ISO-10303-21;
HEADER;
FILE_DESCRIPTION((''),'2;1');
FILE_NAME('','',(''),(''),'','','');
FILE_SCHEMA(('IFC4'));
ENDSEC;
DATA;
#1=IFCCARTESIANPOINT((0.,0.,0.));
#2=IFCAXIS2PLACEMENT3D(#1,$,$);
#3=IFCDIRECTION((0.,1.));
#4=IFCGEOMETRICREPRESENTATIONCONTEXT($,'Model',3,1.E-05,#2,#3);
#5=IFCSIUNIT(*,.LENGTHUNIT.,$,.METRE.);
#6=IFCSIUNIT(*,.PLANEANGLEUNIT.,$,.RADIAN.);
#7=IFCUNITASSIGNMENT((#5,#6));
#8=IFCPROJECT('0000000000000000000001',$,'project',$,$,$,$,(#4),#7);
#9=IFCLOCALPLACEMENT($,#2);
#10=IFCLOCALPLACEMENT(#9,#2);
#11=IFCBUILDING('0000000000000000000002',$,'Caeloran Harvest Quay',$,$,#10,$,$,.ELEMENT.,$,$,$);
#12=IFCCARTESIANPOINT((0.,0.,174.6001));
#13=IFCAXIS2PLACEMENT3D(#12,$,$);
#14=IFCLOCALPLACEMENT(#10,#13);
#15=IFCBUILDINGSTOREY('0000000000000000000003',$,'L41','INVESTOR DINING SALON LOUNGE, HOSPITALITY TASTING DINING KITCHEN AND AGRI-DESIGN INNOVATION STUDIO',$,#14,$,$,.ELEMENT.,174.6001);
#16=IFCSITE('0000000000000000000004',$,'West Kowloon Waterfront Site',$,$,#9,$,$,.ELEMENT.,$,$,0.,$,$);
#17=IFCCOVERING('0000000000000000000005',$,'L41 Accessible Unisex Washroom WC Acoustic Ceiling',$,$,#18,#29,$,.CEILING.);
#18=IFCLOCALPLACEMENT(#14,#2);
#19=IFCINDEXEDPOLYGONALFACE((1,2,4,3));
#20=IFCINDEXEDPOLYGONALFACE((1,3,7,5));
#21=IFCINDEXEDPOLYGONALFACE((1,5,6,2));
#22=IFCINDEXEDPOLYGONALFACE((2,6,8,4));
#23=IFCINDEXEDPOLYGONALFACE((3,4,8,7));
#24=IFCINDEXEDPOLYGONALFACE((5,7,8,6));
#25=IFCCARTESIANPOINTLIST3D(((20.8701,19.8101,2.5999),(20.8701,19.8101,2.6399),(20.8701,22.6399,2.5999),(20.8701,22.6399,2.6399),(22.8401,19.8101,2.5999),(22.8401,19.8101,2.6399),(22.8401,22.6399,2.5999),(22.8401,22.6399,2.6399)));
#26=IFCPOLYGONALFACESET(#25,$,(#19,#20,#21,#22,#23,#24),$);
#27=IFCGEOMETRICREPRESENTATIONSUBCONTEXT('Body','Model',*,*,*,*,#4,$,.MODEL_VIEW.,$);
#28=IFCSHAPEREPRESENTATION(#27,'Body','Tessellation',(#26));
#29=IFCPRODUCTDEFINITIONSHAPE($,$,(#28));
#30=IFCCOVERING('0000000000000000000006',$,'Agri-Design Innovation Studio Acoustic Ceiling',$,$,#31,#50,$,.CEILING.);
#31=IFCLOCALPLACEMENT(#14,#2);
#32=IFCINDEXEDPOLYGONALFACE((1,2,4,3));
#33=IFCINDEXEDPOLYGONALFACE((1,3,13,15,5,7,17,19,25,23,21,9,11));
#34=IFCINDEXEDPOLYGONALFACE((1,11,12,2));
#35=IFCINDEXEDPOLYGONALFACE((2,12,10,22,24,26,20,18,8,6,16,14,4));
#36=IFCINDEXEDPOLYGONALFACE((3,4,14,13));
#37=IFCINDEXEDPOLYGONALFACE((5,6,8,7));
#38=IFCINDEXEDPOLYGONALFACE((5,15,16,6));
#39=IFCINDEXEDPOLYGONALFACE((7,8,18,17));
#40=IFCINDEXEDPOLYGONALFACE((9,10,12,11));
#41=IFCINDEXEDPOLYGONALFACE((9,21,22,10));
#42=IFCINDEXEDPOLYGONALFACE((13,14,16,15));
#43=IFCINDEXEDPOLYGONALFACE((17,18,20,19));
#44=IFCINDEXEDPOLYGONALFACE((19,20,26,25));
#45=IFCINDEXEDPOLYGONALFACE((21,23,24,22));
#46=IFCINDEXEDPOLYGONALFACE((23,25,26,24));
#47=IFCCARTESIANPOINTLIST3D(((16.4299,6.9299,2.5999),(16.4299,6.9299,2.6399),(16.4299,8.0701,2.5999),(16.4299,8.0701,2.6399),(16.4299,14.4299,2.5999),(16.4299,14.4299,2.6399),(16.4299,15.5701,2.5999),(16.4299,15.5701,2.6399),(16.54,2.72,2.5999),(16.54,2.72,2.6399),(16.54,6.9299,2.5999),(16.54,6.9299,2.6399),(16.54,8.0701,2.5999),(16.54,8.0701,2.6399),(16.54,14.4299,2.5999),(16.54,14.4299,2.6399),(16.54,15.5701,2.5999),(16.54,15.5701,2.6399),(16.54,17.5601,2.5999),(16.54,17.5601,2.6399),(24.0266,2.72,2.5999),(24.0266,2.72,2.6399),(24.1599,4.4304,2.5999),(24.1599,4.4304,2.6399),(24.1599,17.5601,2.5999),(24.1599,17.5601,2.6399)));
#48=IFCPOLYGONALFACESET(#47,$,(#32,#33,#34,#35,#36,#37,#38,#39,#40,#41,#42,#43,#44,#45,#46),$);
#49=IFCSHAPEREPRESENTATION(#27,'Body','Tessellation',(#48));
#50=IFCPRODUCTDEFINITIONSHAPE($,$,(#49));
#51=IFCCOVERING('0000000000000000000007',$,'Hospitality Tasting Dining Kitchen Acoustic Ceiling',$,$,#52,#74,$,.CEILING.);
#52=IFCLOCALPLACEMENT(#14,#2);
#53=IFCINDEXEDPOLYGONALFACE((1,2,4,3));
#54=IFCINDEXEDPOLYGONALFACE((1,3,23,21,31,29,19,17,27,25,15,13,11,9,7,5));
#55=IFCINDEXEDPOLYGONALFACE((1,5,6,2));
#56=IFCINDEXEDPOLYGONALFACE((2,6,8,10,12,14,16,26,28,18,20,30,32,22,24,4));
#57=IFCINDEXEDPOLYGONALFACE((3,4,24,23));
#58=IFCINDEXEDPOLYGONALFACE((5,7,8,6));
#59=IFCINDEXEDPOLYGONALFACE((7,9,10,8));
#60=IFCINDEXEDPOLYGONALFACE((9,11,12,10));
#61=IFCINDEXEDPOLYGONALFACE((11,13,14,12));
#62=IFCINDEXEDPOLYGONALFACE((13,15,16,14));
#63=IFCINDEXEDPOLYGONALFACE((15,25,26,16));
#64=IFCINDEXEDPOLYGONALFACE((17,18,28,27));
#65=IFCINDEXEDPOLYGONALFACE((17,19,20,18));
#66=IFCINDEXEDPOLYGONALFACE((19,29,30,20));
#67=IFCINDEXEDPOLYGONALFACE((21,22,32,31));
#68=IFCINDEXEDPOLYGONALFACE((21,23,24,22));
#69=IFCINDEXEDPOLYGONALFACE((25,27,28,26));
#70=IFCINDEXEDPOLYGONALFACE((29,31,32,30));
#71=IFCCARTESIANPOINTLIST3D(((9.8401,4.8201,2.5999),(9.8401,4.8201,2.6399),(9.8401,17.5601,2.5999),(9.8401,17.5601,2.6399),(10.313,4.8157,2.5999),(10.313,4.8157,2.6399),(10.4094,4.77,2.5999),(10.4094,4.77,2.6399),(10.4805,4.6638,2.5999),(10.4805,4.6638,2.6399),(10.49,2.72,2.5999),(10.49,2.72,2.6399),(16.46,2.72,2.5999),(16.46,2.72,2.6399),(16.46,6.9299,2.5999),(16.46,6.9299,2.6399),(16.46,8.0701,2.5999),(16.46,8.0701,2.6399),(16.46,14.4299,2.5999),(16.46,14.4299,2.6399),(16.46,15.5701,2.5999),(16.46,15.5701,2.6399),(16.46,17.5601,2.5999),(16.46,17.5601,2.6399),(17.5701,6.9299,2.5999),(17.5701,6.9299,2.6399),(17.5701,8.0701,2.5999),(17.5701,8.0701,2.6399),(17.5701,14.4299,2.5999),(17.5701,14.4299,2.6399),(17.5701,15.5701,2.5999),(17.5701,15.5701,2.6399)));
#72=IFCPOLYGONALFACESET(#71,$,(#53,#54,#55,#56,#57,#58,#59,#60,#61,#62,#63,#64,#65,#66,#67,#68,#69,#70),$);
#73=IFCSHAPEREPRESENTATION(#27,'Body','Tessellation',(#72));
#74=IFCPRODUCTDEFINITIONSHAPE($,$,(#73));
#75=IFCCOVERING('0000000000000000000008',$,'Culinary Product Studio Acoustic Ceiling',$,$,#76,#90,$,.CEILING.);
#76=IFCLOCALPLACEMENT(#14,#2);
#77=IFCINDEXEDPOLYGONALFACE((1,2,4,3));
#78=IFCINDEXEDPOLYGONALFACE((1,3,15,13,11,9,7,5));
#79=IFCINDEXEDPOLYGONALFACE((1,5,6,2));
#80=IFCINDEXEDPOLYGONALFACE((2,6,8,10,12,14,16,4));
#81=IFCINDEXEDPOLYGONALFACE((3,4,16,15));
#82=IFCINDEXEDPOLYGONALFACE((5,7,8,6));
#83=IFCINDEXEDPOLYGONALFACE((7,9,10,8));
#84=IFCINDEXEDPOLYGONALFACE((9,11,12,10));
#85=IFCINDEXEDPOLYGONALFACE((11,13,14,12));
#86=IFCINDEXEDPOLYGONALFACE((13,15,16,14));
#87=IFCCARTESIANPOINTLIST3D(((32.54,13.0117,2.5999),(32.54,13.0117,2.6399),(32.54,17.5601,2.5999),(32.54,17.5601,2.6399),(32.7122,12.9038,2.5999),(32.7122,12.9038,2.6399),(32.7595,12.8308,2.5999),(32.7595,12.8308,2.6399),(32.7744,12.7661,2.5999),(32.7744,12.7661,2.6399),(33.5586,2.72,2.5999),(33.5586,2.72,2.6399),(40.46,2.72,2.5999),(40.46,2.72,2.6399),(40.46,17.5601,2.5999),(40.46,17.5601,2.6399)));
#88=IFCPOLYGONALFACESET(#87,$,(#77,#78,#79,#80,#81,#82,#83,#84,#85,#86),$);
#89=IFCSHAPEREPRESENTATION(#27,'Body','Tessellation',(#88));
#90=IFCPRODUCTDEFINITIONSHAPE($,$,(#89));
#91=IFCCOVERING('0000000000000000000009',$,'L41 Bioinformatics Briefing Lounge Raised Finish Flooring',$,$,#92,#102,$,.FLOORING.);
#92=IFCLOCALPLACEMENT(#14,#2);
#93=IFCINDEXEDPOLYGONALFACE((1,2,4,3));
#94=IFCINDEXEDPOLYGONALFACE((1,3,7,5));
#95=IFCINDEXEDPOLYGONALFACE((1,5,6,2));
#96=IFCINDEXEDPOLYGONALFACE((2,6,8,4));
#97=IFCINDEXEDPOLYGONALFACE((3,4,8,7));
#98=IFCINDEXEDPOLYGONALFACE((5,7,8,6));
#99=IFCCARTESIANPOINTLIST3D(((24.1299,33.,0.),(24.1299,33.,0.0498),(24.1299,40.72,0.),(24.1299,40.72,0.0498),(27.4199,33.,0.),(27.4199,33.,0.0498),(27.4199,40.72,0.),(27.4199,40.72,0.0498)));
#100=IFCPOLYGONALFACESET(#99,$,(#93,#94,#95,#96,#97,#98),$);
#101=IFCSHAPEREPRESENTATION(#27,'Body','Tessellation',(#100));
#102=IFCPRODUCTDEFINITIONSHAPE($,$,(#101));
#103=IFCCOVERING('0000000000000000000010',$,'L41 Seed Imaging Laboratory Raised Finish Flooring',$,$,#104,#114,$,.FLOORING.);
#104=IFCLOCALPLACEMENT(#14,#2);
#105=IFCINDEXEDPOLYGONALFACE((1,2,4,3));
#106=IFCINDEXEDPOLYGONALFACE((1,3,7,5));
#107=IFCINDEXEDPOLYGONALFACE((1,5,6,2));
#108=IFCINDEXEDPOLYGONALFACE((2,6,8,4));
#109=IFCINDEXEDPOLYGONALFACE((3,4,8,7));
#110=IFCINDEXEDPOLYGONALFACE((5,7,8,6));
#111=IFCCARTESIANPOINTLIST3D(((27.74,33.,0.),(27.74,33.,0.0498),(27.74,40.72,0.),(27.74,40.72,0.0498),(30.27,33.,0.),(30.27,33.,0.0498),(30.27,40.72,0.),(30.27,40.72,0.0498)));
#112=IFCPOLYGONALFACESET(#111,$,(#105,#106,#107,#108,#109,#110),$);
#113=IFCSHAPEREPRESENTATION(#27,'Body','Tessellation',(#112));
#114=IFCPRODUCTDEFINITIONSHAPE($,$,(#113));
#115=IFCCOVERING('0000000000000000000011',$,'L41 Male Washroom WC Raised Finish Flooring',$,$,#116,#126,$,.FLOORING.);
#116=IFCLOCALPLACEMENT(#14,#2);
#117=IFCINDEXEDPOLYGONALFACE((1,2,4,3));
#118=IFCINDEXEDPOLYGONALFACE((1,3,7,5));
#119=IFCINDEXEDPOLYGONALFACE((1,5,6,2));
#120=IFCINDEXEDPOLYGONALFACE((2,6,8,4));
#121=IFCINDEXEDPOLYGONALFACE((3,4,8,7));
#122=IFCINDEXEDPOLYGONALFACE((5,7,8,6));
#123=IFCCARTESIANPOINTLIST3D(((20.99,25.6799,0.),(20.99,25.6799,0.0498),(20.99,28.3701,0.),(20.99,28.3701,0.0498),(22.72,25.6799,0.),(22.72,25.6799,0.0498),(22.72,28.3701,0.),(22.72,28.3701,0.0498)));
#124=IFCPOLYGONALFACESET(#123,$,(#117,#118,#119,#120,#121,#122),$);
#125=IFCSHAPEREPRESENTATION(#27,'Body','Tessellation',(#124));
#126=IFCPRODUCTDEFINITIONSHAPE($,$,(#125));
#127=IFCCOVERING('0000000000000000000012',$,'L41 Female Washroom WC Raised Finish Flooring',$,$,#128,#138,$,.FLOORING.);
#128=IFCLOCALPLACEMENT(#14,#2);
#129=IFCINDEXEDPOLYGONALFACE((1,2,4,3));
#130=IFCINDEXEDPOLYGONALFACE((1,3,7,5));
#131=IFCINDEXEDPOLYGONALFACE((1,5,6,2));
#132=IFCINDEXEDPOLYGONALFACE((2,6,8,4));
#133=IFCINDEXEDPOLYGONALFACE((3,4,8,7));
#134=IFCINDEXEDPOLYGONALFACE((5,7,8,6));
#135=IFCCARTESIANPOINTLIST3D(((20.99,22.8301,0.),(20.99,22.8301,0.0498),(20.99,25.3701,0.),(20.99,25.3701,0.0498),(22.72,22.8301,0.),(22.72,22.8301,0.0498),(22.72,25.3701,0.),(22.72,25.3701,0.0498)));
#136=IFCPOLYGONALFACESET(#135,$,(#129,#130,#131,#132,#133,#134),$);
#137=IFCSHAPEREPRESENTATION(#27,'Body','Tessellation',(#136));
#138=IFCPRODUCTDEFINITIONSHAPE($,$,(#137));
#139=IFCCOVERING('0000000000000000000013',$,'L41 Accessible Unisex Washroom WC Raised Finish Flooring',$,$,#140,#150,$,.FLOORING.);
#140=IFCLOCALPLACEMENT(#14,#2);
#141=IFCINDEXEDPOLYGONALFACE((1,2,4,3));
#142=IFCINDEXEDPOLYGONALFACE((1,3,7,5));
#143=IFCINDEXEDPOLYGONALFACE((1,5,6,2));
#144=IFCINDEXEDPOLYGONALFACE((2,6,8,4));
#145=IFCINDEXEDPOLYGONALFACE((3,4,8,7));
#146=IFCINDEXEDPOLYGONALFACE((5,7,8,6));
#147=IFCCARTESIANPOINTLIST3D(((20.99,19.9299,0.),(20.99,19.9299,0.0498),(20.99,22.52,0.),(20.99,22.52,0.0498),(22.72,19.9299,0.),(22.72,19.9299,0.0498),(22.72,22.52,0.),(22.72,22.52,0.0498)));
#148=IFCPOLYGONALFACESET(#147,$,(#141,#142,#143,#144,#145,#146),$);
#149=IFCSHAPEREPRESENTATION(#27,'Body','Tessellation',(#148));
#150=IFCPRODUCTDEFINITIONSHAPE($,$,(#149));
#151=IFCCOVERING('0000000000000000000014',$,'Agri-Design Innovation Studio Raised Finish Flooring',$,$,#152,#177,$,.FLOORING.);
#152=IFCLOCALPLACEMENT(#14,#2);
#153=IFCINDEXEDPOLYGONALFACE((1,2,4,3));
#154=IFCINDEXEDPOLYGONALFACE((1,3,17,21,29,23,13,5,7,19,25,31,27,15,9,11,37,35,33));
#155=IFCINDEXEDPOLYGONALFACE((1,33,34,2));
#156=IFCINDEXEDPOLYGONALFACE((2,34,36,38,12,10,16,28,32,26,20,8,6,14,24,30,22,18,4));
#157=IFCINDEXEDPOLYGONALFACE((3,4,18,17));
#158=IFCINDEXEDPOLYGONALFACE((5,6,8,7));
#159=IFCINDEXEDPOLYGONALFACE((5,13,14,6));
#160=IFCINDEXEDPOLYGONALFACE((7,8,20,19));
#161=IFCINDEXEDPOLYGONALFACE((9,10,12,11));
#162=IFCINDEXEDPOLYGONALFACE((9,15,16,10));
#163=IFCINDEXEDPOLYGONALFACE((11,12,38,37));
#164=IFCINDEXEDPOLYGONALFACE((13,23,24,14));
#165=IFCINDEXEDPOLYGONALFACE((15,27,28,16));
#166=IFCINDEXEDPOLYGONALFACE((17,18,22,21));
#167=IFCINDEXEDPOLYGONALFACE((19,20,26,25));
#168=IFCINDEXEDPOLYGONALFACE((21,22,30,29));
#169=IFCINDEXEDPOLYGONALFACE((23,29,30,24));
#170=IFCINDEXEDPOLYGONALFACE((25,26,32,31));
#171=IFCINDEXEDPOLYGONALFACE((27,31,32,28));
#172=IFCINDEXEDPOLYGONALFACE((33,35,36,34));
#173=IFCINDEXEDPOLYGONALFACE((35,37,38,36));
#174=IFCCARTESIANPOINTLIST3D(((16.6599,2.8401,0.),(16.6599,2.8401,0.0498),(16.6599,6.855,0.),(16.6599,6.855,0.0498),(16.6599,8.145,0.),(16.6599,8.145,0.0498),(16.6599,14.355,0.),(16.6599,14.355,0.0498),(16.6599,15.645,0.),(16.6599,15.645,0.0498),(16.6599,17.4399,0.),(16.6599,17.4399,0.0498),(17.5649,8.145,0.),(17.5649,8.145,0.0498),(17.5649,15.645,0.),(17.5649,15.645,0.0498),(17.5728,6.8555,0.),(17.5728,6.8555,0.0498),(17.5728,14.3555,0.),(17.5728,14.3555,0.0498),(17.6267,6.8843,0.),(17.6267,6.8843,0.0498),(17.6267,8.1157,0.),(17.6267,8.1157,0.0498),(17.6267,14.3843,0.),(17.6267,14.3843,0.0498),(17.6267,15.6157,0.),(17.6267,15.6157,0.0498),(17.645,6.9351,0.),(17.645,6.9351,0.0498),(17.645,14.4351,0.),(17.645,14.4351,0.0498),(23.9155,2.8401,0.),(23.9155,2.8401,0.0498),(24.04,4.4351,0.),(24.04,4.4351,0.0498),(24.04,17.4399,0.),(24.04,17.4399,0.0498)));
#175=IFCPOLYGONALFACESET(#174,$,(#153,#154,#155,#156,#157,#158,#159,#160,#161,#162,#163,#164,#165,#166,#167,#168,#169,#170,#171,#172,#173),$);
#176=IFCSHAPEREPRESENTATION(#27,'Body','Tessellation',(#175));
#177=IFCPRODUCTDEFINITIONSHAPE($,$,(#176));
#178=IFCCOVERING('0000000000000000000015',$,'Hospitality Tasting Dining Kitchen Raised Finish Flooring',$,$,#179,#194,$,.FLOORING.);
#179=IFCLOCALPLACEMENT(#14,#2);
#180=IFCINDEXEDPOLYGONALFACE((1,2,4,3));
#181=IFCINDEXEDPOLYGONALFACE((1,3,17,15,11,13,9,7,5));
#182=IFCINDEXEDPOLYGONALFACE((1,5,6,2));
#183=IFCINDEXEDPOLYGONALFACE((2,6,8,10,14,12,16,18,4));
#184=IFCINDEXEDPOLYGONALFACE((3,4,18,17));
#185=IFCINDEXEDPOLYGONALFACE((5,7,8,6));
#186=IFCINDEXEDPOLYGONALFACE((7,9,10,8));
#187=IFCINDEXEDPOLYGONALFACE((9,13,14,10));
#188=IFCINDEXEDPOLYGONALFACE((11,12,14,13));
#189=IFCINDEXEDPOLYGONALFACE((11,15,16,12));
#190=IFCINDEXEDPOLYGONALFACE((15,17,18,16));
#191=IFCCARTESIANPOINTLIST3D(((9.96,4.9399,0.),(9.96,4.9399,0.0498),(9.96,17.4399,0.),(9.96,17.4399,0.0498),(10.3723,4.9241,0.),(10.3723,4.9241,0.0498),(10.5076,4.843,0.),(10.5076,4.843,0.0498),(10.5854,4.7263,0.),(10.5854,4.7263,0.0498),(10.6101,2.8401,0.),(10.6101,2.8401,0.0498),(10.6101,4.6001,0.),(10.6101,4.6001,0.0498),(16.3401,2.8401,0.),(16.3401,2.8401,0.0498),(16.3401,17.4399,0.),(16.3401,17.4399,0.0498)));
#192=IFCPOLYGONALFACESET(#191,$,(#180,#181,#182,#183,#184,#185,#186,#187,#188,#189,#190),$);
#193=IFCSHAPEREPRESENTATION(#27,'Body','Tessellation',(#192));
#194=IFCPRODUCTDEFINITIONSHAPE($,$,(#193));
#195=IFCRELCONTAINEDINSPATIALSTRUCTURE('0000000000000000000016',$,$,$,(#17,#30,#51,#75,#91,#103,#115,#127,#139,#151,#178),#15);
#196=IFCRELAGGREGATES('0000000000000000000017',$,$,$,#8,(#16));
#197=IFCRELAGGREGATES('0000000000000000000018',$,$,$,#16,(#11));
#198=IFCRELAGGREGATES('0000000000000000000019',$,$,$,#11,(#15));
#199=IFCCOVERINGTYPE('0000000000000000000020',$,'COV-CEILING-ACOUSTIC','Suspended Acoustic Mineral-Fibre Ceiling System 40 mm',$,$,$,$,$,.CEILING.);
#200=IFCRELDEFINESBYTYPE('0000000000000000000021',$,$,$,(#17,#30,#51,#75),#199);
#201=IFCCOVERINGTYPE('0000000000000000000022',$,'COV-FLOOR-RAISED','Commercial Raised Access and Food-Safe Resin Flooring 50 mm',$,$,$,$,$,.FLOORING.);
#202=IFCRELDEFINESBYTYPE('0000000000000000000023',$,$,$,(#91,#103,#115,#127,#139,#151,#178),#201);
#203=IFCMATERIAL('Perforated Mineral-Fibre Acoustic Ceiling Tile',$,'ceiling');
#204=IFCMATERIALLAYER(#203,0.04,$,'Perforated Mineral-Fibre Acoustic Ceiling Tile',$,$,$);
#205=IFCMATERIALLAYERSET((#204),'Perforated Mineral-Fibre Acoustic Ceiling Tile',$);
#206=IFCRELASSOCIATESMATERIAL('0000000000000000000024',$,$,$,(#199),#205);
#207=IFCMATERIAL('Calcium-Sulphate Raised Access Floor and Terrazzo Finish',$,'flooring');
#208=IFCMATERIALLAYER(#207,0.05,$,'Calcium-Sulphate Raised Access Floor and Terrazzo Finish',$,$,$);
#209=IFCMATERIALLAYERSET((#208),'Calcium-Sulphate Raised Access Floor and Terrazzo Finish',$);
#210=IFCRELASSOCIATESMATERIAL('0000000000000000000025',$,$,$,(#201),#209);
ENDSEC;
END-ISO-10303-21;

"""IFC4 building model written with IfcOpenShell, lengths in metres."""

from ifc_helpers import new_model, si_unit, direction, frame, origin, place, context, subcontext, project, spatial, polyline, outline, extrude, material, layer, layer_set, type_object, element, save


model = new_model("IFC4")

# Units and contexts
model_context = context("Model", 3, precision=1e-05, world=origin(), true_north=direction((0.0, 1.0)))
body_context = subcontext(model_context, "Body", "Model", "MODEL_VIEW")
ifc_project = project(units=[si_unit("LENGTHUNIT", "METRE"), si_unit("PLANEANGLEUNIT", "RADIAN")], contexts=[model_context])

# Site, building, storey
site_placement = place(None, origin())
site = spatial("IfcSite", under=ifc_project, at=site_placement, Name="West Kowloon Waterfront Site", CompositionType="ELEMENT", RefElevation=0.0)
building_placement = place(site_placement, origin())
building = spatial("IfcBuilding", under=site, at=building_placement, Name="Caeloran Harvest Quay", CompositionType="ELEMENT")
storey_placement = place(building_placement, frame((0.0, 0.0, 174.6001)))
storey = spatial("IfcBuildingStorey", under=building, at=storey_placement, Name="L41", Description="INVESTOR DINING SALON LOUNGE, HOSPITALITY TASTING DINING KITCHEN AND AGRI-DESIGN INNOVATION STUDIO", CompositionType="ELEMENT", Elevation=174.6001)

# Coverings
ifc_material_1 = material(Name="Perforated Mineral-Fibre Acoustic Ceiling Tile", Category="ceiling")
ifc_layer_1 = layer(ifc_material_1, 0.04, Name="Perforated Mineral-Fibre Acoustic Ceiling Tile")
ifc_layer_set_1 = layer_set([ifc_layer_1], Name="Perforated Mineral-Fibre Acoustic Ceiling Tile")
covering_type_1 = type_object("IfcCoveringType", Name="COV-CEILING-ACOUSTIC", Description="Suspended Acoustic Mineral-Fibre Ceiling System 40 mm", PredefinedType="CEILING", material=ifc_layer_set_1)
covering_1_placement = place(storey_placement, frame((0.0, 0.0, 2.5999)))
element("IfcCovering", 1, at=covering_1_placement, inside=storey, type_object=covering_type_1, Name="L41 Accessible Unisex Washroom WC Acoustic Ceiling", PredefinedType="CEILING", context=body_context, shape_type="SweptSolid", body=[
    extrude(outline(polyline([(22.8401, 19.8101), (20.8701, 19.8101), (20.8701, 22.6399), (22.8401, 22.6399), (22.8401, 19.8101)])), origin(), (0.0, 0.0, 1.0), 0.04),
])
covering_2_placement = place(storey_placement, frame((0.0, 0.0, 2.5999)))
element("IfcCovering", 2, at=covering_2_placement, inside=storey, type_object=covering_type_1, Name="Agri-Design Innovation Studio Acoustic Ceiling", PredefinedType="CEILING", context=body_context, shape_type="SweptSolid", body=[
    extrude(outline(polyline([(16.4299, 6.9299), (16.4299, 8.0701), (16.54, 8.0701), (16.54, 14.4299), (16.4299, 14.4299), (16.4299, 15.5701), (16.54, 15.5701), (16.54, 17.5601), (24.1599, 17.5601), (24.1599, 4.4304), (24.0266, 2.72), (16.54, 2.72), (16.54, 6.9299), (16.4299, 6.9299)])), origin(), (0.0, 0.0, 1.0), 0.04),
])
covering_3_placement = place(storey_placement, frame((0.0, 0.0, 2.5999)))
element("IfcCovering", 3, at=covering_3_placement, inside=storey, type_object=covering_type_1, Name="Hospitality Tasting Dining Kitchen Acoustic Ceiling", PredefinedType="CEILING", context=body_context, shape_type="SweptSolid", body=[
    extrude(outline(polyline([(17.5701, 8.0701), (17.5701, 6.9299), (16.46, 6.9299), (16.46, 2.72), (10.49, 2.72), (10.4805, 4.6638), (10.4094, 4.77), (10.313, 4.8157), (9.8401, 4.8201), (9.8401, 17.5601), (16.46, 17.5601), (16.46, 15.5701), (17.5701, 15.5701), (17.5701, 14.4299), (16.46, 14.4299), (16.46, 8.0701), (17.5701, 8.0701)])), origin(), (0.0, 0.0, 1.0), 0.04),
])
covering_4_placement = place(storey_placement, frame((0.0, 0.0, 2.5999)))
element("IfcCovering", 4, at=covering_4_placement, inside=storey, type_object=covering_type_1, Name="Culinary Product Studio Acoustic Ceiling", PredefinedType="CEILING", context=body_context, shape_type="SweptSolid", body=[
    extrude(outline(polyline([(40.46, 2.72), (33.5586, 2.72), (32.7744, 12.7661), (32.7595, 12.8308), (32.7122, 12.9038), (32.54, 13.0117), (32.54, 17.5601), (40.46, 17.5601), (40.46, 2.72)])), origin(), (0.0, 0.0, 1.0), 0.04),
])
ifc_material_2 = material(Name="Calcium-Sulphate Raised Access Floor and Terrazzo Finish", Category="flooring")
ifc_layer_2 = layer(ifc_material_2, 0.05, Name="Calcium-Sulphate Raised Access Floor and Terrazzo Finish")
ifc_layer_set_2 = layer_set([ifc_layer_2], Name="Calcium-Sulphate Raised Access Floor and Terrazzo Finish")
covering_type_2 = type_object("IfcCoveringType", Name="COV-FLOOR-RAISED", Description="Commercial Raised Access and Food-Safe Resin Flooring 50 mm", PredefinedType="FLOORING", material=ifc_layer_set_2)
covering_5_placement = place(storey_placement, origin())
element("IfcCovering", 5, at=covering_5_placement, inside=storey, type_object=covering_type_2, Name="L41 Bioinformatics Briefing Lounge Raised Finish Flooring", PredefinedType="FLOORING", context=body_context, shape_type="SweptSolid", body=[
    extrude(outline(polyline([(27.4199, 40.72), (27.4199, 33.0), (24.1299, 33.0), (24.1299, 40.72), (27.4199, 40.72)])), origin(), (0.0, 0.0, 1.0), 0.0498),
])
covering_6_placement = place(storey_placement, origin())
element("IfcCovering", 6, at=covering_6_placement, inside=storey, type_object=covering_type_2, Name="L41 Seed Imaging Laboratory Raised Finish Flooring", PredefinedType="FLOORING", context=body_context, shape_type="SweptSolid", body=[
    extrude(outline(polyline([(30.27, 40.72), (30.27, 33.0), (27.74, 33.0), (27.74, 40.72), (30.27, 40.72)])), origin(), (0.0, 0.0, 1.0), 0.0498),
])
covering_7_placement = place(storey_placement, origin())
element("IfcCovering", 7, at=covering_7_placement, inside=storey, type_object=covering_type_2, Name="L41 Male Washroom WC Raised Finish Flooring", PredefinedType="FLOORING", context=body_context, shape_type="SweptSolid", body=[
    extrude(outline(polyline([(22.72, 25.6799), (20.99, 25.6799), (20.99, 28.3701), (22.72, 28.3701), (22.72, 25.6799)])), origin(), (0.0, 0.0, 1.0), 0.0498),
])
covering_8_placement = place(storey_placement, origin())
element("IfcCovering", 8, at=covering_8_placement, inside=storey, type_object=covering_type_2, Name="L41 Female Washroom WC Raised Finish Flooring", PredefinedType="FLOORING", context=body_context, shape_type="SweptSolid", body=[
    extrude(outline(polyline([(22.72, 22.8301), (20.99, 22.8301), (20.99, 25.3701), (22.72, 25.3701), (22.72, 22.8301)])), origin(), (0.0, 0.0, 1.0), 0.0498),
])
covering_9_placement = place(storey_placement, origin())
element("IfcCovering", 9, at=covering_9_placement, inside=storey, type_object=covering_type_2, Name="L41 Accessible Unisex Washroom WC Raised Finish Flooring", PredefinedType="FLOORING", context=body_context, shape_type="SweptSolid", body=[
    extrude(outline(polyline([(22.72, 19.9299), (20.99, 19.9299), (20.99, 22.52), (22.72, 22.52), (22.72, 19.9299)])), origin(), (0.0, 0.0, 1.0), 0.0498),
])
covering_10_placement = place(storey_placement, origin())
element("IfcCovering", 10, at=covering_10_placement, inside=storey, type_object=covering_type_2, Name="Agri-Design Innovation Studio Raised Finish Flooring", PredefinedType="FLOORING", context=body_context, shape_type="SweptSolid", body=[
    extrude(outline(polyline([(16.6599, 2.8401), (16.6599, 6.855), (17.5728, 6.8555), (17.6267, 6.8843), (17.645, 6.9351), (17.6267, 8.1157), (17.5649, 8.145), (16.6599, 8.145), (16.6599, 14.355), (17.5728, 14.3555), (17.6267, 14.3843), (17.645, 14.4351), (17.6267, 15.6157), (17.5649, 15.645), (16.6599, 15.645), (16.6599, 17.4399), (24.04, 17.4399), (24.04, 4.4351), (23.9155, 2.8401), (16.6599, 2.8401)])), origin(), (0.0, 0.0, 1.0), 0.0498),
])
covering_11_placement = place(storey_placement, origin())
element("IfcCovering", 11, at=covering_11_placement, inside=storey, type_object=covering_type_2, Name="Hospitality Tasting Dining Kitchen Raised Finish Flooring", PredefinedType="FLOORING", context=body_context, shape_type="SweptSolid", body=[
    extrude(outline(polyline([(10.5854, 4.7263), (10.5076, 4.843), (10.3723, 4.9241), (9.96, 4.9399), (9.96, 17.4399), (16.3401, 17.4399), (16.3401, 2.8401), (10.6101, 2.8401), (10.6101, 4.6001), (10.5854, 4.7263)])), origin(), (0.0, 0.0, 1.0), 0.0498),
])

save(model, "model.ifc")
